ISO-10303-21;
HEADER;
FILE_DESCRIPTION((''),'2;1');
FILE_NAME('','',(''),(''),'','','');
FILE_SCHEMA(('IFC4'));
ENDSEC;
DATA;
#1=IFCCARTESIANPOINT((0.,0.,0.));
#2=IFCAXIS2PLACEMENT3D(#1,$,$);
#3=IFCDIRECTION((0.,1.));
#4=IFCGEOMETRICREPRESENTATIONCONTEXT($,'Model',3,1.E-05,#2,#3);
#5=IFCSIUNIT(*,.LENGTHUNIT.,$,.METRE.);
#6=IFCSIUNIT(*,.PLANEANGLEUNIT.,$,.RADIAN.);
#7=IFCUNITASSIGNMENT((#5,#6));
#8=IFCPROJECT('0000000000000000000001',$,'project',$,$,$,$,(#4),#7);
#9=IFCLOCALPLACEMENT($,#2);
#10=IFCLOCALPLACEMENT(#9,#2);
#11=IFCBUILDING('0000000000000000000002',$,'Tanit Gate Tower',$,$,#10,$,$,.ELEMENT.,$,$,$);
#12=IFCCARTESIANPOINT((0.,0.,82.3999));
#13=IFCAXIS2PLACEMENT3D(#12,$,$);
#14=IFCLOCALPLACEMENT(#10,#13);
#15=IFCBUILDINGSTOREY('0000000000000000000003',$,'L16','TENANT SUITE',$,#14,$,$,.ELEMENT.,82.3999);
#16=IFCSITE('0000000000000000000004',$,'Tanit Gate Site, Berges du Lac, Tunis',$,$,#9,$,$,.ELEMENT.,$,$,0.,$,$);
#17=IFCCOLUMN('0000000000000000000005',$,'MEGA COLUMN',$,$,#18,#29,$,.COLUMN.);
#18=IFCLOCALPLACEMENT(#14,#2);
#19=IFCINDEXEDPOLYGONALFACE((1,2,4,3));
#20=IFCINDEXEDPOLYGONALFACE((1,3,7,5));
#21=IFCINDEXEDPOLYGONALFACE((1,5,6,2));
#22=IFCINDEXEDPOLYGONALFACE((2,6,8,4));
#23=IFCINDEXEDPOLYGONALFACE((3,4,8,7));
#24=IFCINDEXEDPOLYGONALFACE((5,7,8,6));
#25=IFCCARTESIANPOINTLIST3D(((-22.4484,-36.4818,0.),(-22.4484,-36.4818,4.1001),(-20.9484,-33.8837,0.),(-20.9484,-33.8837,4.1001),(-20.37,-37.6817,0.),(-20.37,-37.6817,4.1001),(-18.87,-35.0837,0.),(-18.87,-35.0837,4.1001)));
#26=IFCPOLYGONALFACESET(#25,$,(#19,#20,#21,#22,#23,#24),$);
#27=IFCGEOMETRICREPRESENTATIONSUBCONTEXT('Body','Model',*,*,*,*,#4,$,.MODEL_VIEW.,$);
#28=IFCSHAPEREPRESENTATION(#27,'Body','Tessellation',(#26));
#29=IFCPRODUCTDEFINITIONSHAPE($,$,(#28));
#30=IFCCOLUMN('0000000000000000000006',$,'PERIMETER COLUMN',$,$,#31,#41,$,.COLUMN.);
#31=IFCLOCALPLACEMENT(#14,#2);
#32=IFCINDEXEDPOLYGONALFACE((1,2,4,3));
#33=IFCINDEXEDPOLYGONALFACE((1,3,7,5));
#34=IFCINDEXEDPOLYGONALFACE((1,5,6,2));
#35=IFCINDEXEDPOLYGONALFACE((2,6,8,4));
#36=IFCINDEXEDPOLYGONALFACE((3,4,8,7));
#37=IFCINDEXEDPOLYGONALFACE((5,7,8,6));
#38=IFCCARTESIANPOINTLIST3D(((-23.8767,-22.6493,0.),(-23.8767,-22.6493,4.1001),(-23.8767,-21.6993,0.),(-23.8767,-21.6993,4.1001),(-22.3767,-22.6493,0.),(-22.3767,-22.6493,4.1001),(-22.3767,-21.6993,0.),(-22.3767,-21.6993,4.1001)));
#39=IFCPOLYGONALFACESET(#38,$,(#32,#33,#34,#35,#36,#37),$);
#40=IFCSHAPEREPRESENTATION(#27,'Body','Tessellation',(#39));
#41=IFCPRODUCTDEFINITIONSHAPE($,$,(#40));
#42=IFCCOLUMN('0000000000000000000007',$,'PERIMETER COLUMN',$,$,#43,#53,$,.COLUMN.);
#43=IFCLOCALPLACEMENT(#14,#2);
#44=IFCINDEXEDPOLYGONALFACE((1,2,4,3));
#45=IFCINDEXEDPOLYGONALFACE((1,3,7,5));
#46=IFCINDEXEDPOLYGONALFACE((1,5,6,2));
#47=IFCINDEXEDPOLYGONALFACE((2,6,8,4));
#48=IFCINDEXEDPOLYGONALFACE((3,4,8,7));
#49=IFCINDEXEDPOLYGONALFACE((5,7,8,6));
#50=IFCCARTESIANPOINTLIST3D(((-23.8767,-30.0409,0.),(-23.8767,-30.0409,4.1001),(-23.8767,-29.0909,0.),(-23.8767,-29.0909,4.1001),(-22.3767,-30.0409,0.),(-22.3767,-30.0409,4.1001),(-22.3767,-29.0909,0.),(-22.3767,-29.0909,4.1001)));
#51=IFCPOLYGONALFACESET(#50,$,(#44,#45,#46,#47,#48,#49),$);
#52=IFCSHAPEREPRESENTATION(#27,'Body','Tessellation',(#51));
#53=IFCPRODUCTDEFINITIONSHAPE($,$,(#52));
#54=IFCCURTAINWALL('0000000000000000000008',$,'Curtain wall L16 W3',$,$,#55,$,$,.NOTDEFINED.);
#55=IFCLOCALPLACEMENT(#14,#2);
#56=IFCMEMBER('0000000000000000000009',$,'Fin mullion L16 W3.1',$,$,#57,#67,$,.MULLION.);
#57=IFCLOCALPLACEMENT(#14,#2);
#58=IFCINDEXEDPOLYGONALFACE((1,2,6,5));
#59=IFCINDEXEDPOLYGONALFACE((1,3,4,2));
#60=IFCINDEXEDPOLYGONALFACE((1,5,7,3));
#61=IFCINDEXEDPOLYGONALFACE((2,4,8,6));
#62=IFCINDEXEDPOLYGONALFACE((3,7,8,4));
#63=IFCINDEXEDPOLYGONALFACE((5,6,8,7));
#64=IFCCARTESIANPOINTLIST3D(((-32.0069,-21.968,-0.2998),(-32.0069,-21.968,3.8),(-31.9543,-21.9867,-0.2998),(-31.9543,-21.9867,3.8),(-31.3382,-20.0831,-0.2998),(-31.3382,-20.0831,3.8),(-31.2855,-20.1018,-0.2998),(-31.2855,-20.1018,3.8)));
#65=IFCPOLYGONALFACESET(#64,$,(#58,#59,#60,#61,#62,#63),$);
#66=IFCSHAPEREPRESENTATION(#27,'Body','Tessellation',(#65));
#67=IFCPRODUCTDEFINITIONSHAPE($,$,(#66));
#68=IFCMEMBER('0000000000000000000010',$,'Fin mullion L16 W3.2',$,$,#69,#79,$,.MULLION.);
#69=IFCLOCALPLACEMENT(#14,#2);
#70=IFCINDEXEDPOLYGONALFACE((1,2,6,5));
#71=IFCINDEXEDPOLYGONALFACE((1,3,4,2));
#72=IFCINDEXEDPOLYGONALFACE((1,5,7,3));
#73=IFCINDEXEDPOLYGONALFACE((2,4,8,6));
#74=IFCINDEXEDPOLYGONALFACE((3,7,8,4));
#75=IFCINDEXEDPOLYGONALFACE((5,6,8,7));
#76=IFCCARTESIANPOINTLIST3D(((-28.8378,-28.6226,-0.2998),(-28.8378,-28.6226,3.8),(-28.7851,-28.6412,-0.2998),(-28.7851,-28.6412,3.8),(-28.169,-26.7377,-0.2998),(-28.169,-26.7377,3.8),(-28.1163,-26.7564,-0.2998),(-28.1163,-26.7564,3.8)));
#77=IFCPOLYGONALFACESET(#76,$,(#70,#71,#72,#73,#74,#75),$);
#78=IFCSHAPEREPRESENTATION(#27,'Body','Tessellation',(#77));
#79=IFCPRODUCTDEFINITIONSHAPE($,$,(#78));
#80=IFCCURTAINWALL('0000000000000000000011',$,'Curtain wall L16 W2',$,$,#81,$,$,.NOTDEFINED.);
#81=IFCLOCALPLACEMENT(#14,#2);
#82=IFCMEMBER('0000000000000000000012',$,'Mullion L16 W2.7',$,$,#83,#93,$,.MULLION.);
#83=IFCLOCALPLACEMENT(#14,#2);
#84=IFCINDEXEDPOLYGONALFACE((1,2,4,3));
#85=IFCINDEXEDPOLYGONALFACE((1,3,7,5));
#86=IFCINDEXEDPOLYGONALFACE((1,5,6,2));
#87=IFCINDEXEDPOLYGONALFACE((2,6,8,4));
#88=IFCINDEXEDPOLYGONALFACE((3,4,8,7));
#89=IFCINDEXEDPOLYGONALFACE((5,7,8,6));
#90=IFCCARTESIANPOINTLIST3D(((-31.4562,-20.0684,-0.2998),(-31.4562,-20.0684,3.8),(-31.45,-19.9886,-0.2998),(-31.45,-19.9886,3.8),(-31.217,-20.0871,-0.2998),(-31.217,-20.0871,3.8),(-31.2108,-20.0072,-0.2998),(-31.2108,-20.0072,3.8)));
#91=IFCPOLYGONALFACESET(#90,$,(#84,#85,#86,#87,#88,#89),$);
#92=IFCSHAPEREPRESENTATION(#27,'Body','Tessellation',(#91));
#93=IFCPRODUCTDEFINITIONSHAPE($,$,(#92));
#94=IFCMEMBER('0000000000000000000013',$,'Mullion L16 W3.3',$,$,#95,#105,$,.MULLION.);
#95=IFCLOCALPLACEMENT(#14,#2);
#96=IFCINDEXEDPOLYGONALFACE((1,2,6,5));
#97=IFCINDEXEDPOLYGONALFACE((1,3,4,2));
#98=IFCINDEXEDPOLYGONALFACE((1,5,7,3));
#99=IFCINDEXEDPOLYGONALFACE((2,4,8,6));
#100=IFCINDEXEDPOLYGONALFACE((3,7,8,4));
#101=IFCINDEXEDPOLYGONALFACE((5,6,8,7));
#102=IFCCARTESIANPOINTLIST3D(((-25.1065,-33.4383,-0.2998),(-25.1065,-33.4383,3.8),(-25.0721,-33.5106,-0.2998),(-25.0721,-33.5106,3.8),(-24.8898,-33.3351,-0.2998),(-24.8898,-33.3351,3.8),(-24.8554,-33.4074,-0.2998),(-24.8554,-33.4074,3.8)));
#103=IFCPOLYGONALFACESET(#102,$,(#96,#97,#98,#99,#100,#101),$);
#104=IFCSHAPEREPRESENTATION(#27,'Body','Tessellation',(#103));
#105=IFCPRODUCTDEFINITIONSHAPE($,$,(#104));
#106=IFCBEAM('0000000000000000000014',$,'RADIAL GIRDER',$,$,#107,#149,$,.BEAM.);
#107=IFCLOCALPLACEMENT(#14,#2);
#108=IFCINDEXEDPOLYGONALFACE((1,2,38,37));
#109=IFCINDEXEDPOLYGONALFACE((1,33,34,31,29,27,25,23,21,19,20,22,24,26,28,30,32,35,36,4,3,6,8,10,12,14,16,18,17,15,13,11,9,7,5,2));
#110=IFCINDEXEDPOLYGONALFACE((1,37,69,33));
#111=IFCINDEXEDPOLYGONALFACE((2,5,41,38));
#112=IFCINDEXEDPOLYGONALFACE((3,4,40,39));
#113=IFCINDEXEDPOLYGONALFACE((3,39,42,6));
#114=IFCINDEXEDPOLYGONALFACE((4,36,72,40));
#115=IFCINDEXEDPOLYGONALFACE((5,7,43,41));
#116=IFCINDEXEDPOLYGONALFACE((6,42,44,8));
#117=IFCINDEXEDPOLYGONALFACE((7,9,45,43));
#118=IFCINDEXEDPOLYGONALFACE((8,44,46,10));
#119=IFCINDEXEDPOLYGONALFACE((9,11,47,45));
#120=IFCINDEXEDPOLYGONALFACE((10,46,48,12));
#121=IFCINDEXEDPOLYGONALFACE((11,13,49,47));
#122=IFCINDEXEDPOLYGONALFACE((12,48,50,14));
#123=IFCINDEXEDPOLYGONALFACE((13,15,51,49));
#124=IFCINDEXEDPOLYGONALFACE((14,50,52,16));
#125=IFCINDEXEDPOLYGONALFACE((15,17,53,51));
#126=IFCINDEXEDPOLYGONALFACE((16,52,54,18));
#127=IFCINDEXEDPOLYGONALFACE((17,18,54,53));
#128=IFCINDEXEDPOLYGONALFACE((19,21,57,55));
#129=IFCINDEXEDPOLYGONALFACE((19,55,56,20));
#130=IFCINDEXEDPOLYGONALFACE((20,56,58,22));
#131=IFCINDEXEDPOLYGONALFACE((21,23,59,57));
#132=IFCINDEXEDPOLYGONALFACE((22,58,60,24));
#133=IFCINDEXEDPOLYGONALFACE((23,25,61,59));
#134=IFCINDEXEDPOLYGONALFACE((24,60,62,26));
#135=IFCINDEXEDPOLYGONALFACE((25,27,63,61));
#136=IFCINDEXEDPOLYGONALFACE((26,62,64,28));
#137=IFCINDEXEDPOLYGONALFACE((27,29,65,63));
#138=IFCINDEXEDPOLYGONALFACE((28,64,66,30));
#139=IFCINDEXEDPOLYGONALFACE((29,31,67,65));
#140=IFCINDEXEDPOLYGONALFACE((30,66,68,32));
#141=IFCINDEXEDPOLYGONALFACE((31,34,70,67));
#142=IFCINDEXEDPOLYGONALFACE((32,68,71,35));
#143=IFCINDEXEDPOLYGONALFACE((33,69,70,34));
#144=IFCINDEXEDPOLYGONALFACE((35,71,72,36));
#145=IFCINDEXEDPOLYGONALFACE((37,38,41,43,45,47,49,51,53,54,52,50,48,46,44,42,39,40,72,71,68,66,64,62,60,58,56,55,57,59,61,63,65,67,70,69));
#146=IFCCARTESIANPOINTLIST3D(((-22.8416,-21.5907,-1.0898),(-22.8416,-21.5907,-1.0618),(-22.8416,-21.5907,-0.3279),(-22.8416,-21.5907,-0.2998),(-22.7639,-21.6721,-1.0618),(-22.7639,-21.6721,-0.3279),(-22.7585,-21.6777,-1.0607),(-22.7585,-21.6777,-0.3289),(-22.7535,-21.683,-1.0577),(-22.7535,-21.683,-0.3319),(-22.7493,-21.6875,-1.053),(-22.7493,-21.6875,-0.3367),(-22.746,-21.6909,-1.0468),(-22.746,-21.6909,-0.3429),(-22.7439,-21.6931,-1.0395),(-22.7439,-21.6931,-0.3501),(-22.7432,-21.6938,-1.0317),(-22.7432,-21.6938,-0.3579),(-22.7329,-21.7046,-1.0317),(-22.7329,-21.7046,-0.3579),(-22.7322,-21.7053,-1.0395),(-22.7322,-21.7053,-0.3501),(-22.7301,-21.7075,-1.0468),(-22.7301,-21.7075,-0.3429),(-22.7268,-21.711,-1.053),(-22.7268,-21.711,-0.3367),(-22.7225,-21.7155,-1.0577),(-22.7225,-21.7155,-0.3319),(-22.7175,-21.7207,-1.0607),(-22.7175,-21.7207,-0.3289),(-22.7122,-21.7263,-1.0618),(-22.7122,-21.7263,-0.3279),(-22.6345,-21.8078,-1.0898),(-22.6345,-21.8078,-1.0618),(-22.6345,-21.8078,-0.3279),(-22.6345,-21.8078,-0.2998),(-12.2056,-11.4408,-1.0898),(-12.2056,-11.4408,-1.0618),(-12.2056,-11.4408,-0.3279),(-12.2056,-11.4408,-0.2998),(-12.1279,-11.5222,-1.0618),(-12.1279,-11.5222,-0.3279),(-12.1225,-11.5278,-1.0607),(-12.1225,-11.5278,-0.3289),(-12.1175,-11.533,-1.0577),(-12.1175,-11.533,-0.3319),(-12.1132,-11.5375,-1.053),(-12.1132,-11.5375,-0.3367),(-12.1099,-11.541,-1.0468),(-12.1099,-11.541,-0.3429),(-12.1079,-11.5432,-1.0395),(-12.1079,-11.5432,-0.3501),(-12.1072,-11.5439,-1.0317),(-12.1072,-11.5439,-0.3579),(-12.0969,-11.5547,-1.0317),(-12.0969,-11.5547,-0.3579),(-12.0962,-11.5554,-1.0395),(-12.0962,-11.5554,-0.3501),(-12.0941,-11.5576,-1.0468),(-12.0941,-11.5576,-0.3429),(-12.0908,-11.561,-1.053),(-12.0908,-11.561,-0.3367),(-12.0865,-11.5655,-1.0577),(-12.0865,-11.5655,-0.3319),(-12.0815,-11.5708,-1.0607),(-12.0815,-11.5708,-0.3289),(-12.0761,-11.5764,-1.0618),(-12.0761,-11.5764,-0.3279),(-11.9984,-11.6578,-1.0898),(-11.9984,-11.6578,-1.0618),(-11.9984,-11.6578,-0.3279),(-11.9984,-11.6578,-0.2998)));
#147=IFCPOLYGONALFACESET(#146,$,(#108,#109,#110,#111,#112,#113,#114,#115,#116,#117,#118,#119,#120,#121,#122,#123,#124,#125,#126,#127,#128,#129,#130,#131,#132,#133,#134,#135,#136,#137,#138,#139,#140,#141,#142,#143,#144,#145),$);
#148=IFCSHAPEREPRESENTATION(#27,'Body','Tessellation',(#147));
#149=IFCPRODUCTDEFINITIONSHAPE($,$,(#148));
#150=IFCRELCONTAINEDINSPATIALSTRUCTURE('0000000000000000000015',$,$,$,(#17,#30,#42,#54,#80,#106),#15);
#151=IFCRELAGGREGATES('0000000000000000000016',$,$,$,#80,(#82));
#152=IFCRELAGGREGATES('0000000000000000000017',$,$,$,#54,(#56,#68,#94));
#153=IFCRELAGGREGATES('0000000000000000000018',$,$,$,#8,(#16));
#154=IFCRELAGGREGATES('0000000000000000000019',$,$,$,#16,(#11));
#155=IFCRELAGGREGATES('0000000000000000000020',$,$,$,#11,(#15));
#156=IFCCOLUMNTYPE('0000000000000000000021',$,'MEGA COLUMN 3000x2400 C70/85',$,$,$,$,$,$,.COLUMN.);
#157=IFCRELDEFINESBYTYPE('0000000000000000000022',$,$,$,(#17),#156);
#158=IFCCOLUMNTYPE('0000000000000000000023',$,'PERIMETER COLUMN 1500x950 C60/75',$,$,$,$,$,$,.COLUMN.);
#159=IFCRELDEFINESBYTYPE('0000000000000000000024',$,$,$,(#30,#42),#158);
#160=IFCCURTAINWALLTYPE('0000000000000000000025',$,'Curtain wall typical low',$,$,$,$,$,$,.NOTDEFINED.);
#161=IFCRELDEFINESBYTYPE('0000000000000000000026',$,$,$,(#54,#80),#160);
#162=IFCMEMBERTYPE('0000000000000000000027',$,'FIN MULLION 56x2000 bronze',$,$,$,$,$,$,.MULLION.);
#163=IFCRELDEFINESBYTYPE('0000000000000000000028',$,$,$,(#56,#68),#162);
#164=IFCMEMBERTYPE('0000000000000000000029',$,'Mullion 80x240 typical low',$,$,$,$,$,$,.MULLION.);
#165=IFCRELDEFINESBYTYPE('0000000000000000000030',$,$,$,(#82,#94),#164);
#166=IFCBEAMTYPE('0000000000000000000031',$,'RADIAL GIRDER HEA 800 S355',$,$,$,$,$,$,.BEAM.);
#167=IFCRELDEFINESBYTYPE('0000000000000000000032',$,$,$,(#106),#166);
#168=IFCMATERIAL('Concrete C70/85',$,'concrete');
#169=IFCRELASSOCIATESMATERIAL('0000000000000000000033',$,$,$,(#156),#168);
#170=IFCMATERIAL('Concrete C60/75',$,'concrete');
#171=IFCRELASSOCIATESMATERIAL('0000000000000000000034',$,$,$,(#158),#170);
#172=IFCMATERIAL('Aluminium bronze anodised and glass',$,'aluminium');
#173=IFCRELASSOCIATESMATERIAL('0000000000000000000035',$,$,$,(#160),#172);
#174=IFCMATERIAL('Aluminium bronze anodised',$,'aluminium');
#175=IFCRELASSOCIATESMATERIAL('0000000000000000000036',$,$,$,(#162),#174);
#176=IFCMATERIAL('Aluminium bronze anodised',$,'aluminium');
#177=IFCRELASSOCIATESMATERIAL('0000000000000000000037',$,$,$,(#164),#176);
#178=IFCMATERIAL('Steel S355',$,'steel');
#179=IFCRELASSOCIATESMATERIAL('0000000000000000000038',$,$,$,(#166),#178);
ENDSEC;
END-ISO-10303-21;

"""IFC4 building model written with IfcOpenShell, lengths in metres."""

from ifc_helpers import new_model, si_unit, direction, frame, origin, origin_2d, place, context, subcontext, project, spatial, rectangle, i_section, extrude, material, material_profile, profile_set, type_object, element, aggregate, save


model = new_model("IFC4")

# Units and contexts
model_context = context("Model", 3, precision=1e-05, world=origin(), true_north=direction((0.0, 1.0)))
body_context = subcontext(model_context, "Body", "Model", "MODEL_VIEW")
ifc_project = project(units=[si_unit("LENGTHUNIT", "METRE"), si_unit("PLANEANGLEUNIT", "RADIAN")], contexts=[model_context])

# Site, building, storey
site_placement = place(None, origin())
site = spatial("IfcSite", under=ifc_project, at=site_placement, Name="Tanit Gate Site, Berges du Lac, Tunis", CompositionType="ELEMENT", RefElevation=0.0)
building_placement = place(site_placement, origin())
building = spatial("IfcBuilding", under=site, at=building_placement, Name="Tanit Gate Tower", CompositionType="ELEMENT")
storey_placement = place(building_placement, frame((0.0, 0.0, 82.3999)))
storey = spatial("IfcBuildingStorey", under=building, at=storey_placement, Name="L16", Description="TENANT SUITE", CompositionType="ELEMENT", Elevation=82.3999)

# Columns
ifc_material_1 = material(Name="Concrete C70/85", Category="concrete")
ifc_material_profile_1 = material_profile(ifc_material_1, rectangle(XDim=3.0, YDim=2.3999, at=origin_2d()), Name="RC 3000x2400")
ifc_profile_set_1 = profile_set([ifc_material_profile_1], Name="Concrete C70/85")
column_type_1 = type_object("IfcColumnType", Name="MEGA COLUMN 3000x2400 C70/85", PredefinedType="COLUMN", material=ifc_profile_set_1)
column_placement = place(storey_placement, frame((-20.6592, -35.7827, 0.0), z_axis=(0.0, 0.0, 1.0), x_axis=(-0.5, -0.866025, 0.0)))
element("IfcColumn", 1, at=column_placement, inside=storey, type_object=column_type_1, Name="MEGA COLUMN", PredefinedType="COLUMN", context=body_context, shape_type="SweptSolid", body=[
    extrude(rectangle(XDim=3.0, YDim=2.3999, at=origin_2d()), origin(), (0.0, 0.0, 1.0), 4.1001),
])
ifc_material_2 = material(Name="Concrete C60/75", Category="concrete")
ifc_material_profile_2 = material_profile(ifc_material_2, rectangle(XDim=1.5, YDim=0.95, at=origin_2d()), Name="RC 1500x950")
ifc_profile_set_2 = profile_set([ifc_material_profile_2], Name="Concrete C60/75")
column_type_2 = type_object("IfcColumnType", Name="PERIMETER COLUMN 1500x950 C60/75", PredefinedType="COLUMN", material=ifc_profile_set_2)
for number, where, z_axis, x_axis, name in (
    (2, (-23.1267, -22.1743, 0.0), (0.0, 0.0, 1.0), (-1.0, 0.0, 0.0), "PERIMETER COLUMN"),
    (3, (-23.1267, -29.5659, 0.0), (0.0, 0.0, 1.0), (-1.0, 0.0, 0.0), "PERIMETER COLUMN"),
):
    element("IfcColumn", number, at=place(storey_placement, frame(where, z_axis=z_axis, x_axis=x_axis)), inside=storey, type_object=column_type_2, Name=name, PredefinedType="COLUMN", context=body_context, shape_type="SweptSolid", body=[
        extrude(rectangle(XDim=1.5, YDim=0.95, at=origin_2d()), origin(), (0.0, 0.0, 1.0), 4.1001),
    ])

# Curtain wall, members
ifc_material_3 = material(Name="Aluminium bronze anodised and glass", Category="aluminium")
curtain_wall_type = type_object("IfcCurtainWallType", Name="Curtain wall typical low", PredefinedType="NOTDEFINED", material=ifc_material_3)
curtain_wall_1_placement = place(storey_placement, origin())
curtain_wall_1 = element("IfcCurtainWall", 4, at=curtain_wall_1_placement, inside=storey, type_object=curtain_wall_type, Name="Curtain wall L16 W3", PredefinedType="NOTDEFINED")
ifc_material_4 = material(Name="Aluminium bronze anodised", Category="aluminium")
ifc_material_profile_3 = material_profile(ifc_material_4, rectangle(XDim=2.0, YDim=0.0559, at=origin_2d()), Name="56x2000 bronze fin mullion")
ifc_profile_set_3 = profile_set([ifc_material_profile_3], Name="Aluminium bronze anodised")
member_type_1 = type_object("IfcMemberType", Name="FIN MULLION 56x2000 bronze", PredefinedType="MULLION", material=ifc_profile_set_3)
member_1_placement = place(storey_placement, frame((-31.6462, -21.0349, -0.2998), z_axis=(0.0, 0.0, 1.0), x_axis=(0.334361, 0.942445, 0.0)))
member_1 = element("IfcMember", 5, at=member_1_placement, type_object=member_type_1, Name="Fin mullion L16 W3.1", PredefinedType="MULLION", context=body_context, shape_type="SweptSolid", body=[
    extrude(rectangle(XDim=2.0, YDim=0.0559, at=origin_2d()), origin(), (0.0, 0.0, 1.0), 4.0999),
])
member_2_placement = place(storey_placement, frame((-28.4771, -27.6895, -0.2998), z_axis=(0.0, 0.0, 1.0), x_axis=(0.334361, 0.942445, 0.0)))
member_2 = element("IfcMember", 6, at=member_2_placement, type_object=member_type_1, Name="Fin mullion L16 W3.2", PredefinedType="MULLION", context=body_context, shape_type="SweptSolid", body=[
    extrude(rectangle(XDim=2.0, YDim=0.0559, at=origin_2d()), origin(), (0.0, 0.0, 1.0), 4.0999),
])

# Curtain wall, member
curtain_wall_2_placement = place(storey_placement, origin())
curtain_wall_2 = element("IfcCurtainWall", 7, at=curtain_wall_2_placement, inside=storey, type_object=curtain_wall_type, Name="Curtain wall L16 W2", PredefinedType="NOTDEFINED")
ifc_material_5 = material(Name="Aluminium bronze anodised", Category="aluminium")
ifc_material_profile_4 = material_profile(ifc_material_5, rectangle(XDim=0.24, YDim=0.0801, at=origin_2d()), Name="80x240 bronze mullion")
ifc_profile_set_4 = profile_set([ifc_material_profile_4], Name="Aluminium bronze anodised")
member_type_2 = type_object("IfcMemberType", Name="Mullion 80x240 typical low", PredefinedType="MULLION", material=ifc_profile_set_4)
member_3_placement = place(storey_placement, frame((-31.3335, -20.0378, -0.2998), z_axis=(0.0, 0.0, 1.0), x_axis=(0.996977, -0.077701, 0.0)))
member_3 = element("IfcMember", 8, at=member_3_placement, type_object=member_type_2, Name="Mullion L16 W2.7", PredefinedType="MULLION", context=body_context, shape_type="SweptSolid", body=[
    extrude(rectangle(XDim=0.24, YDim=0.0801, at=origin_2d()), origin(), (0.0, 0.0, 1.0), 4.0999),
])
aggregate(curtain_wall_2, [member_3])

# Member
member_4_placement = place(storey_placement, frame((-24.981, -33.4229, -0.2998), z_axis=(0.0, 0.0, 1.0), x_axis=(0.902838, 0.429981, 0.0)))
member_4 = element("IfcMember", 9, at=member_4_placement, type_object=member_type_2, Name="Mullion L16 W3.3", PredefinedType="MULLION", context=body_context, shape_type="SweptSolid", body=[
    extrude(rectangle(XDim=0.24, YDim=0.0801, at=origin_2d()), origin(), (0.0, 0.0, 1.0), 4.0999),
])

# Beam
ifc_material_6 = material(Name="Steel S355", Category="steel")
ifc_material_profile_5 = material_profile(ifc_material_6, i_section(OverallWidth=0.3, OverallDepth=0.79, WebThickness=0.0149, FlangeThickness=0.0281, FilletRadius=0.03, at=origin_2d()), Name="HEA 800")
ifc_profile_set_5 = profile_set([ifc_material_profile_5], Name="Steel S355")
beam_type_1 = type_object("IfcBeamType", Name="RADIAL GIRDER HEA 800 S355", PredefinedType="BEAM", material=ifc_profile_set_5)
beam_1_placement = place(storey_placement, frame((-22.738, -21.6992, -0.6948), z_axis=(0.723445, 0.690382, 0.0), x_axis=(-0.690382, 0.723445, 0.0)))
element("IfcBeam", 10, at=beam_1_placement, inside=storey, type_object=beam_type_1, Name="RADIAL GIRDER", PredefinedType="BEAM", context=body_context, shape_type="SweptSolid", body=[
    extrude(i_section(OverallWidth=0.3, OverallDepth=0.79, WebThickness=0.0149, FlangeThickness=0.0281, FilletRadius=0.03, at=origin_2d()), origin(), (0.0, 0.0, 1.0), 14.7019),
])

aggregate(curtain_wall_1, [member_1, member_2, member_4])

save(model, "model.ifc")
